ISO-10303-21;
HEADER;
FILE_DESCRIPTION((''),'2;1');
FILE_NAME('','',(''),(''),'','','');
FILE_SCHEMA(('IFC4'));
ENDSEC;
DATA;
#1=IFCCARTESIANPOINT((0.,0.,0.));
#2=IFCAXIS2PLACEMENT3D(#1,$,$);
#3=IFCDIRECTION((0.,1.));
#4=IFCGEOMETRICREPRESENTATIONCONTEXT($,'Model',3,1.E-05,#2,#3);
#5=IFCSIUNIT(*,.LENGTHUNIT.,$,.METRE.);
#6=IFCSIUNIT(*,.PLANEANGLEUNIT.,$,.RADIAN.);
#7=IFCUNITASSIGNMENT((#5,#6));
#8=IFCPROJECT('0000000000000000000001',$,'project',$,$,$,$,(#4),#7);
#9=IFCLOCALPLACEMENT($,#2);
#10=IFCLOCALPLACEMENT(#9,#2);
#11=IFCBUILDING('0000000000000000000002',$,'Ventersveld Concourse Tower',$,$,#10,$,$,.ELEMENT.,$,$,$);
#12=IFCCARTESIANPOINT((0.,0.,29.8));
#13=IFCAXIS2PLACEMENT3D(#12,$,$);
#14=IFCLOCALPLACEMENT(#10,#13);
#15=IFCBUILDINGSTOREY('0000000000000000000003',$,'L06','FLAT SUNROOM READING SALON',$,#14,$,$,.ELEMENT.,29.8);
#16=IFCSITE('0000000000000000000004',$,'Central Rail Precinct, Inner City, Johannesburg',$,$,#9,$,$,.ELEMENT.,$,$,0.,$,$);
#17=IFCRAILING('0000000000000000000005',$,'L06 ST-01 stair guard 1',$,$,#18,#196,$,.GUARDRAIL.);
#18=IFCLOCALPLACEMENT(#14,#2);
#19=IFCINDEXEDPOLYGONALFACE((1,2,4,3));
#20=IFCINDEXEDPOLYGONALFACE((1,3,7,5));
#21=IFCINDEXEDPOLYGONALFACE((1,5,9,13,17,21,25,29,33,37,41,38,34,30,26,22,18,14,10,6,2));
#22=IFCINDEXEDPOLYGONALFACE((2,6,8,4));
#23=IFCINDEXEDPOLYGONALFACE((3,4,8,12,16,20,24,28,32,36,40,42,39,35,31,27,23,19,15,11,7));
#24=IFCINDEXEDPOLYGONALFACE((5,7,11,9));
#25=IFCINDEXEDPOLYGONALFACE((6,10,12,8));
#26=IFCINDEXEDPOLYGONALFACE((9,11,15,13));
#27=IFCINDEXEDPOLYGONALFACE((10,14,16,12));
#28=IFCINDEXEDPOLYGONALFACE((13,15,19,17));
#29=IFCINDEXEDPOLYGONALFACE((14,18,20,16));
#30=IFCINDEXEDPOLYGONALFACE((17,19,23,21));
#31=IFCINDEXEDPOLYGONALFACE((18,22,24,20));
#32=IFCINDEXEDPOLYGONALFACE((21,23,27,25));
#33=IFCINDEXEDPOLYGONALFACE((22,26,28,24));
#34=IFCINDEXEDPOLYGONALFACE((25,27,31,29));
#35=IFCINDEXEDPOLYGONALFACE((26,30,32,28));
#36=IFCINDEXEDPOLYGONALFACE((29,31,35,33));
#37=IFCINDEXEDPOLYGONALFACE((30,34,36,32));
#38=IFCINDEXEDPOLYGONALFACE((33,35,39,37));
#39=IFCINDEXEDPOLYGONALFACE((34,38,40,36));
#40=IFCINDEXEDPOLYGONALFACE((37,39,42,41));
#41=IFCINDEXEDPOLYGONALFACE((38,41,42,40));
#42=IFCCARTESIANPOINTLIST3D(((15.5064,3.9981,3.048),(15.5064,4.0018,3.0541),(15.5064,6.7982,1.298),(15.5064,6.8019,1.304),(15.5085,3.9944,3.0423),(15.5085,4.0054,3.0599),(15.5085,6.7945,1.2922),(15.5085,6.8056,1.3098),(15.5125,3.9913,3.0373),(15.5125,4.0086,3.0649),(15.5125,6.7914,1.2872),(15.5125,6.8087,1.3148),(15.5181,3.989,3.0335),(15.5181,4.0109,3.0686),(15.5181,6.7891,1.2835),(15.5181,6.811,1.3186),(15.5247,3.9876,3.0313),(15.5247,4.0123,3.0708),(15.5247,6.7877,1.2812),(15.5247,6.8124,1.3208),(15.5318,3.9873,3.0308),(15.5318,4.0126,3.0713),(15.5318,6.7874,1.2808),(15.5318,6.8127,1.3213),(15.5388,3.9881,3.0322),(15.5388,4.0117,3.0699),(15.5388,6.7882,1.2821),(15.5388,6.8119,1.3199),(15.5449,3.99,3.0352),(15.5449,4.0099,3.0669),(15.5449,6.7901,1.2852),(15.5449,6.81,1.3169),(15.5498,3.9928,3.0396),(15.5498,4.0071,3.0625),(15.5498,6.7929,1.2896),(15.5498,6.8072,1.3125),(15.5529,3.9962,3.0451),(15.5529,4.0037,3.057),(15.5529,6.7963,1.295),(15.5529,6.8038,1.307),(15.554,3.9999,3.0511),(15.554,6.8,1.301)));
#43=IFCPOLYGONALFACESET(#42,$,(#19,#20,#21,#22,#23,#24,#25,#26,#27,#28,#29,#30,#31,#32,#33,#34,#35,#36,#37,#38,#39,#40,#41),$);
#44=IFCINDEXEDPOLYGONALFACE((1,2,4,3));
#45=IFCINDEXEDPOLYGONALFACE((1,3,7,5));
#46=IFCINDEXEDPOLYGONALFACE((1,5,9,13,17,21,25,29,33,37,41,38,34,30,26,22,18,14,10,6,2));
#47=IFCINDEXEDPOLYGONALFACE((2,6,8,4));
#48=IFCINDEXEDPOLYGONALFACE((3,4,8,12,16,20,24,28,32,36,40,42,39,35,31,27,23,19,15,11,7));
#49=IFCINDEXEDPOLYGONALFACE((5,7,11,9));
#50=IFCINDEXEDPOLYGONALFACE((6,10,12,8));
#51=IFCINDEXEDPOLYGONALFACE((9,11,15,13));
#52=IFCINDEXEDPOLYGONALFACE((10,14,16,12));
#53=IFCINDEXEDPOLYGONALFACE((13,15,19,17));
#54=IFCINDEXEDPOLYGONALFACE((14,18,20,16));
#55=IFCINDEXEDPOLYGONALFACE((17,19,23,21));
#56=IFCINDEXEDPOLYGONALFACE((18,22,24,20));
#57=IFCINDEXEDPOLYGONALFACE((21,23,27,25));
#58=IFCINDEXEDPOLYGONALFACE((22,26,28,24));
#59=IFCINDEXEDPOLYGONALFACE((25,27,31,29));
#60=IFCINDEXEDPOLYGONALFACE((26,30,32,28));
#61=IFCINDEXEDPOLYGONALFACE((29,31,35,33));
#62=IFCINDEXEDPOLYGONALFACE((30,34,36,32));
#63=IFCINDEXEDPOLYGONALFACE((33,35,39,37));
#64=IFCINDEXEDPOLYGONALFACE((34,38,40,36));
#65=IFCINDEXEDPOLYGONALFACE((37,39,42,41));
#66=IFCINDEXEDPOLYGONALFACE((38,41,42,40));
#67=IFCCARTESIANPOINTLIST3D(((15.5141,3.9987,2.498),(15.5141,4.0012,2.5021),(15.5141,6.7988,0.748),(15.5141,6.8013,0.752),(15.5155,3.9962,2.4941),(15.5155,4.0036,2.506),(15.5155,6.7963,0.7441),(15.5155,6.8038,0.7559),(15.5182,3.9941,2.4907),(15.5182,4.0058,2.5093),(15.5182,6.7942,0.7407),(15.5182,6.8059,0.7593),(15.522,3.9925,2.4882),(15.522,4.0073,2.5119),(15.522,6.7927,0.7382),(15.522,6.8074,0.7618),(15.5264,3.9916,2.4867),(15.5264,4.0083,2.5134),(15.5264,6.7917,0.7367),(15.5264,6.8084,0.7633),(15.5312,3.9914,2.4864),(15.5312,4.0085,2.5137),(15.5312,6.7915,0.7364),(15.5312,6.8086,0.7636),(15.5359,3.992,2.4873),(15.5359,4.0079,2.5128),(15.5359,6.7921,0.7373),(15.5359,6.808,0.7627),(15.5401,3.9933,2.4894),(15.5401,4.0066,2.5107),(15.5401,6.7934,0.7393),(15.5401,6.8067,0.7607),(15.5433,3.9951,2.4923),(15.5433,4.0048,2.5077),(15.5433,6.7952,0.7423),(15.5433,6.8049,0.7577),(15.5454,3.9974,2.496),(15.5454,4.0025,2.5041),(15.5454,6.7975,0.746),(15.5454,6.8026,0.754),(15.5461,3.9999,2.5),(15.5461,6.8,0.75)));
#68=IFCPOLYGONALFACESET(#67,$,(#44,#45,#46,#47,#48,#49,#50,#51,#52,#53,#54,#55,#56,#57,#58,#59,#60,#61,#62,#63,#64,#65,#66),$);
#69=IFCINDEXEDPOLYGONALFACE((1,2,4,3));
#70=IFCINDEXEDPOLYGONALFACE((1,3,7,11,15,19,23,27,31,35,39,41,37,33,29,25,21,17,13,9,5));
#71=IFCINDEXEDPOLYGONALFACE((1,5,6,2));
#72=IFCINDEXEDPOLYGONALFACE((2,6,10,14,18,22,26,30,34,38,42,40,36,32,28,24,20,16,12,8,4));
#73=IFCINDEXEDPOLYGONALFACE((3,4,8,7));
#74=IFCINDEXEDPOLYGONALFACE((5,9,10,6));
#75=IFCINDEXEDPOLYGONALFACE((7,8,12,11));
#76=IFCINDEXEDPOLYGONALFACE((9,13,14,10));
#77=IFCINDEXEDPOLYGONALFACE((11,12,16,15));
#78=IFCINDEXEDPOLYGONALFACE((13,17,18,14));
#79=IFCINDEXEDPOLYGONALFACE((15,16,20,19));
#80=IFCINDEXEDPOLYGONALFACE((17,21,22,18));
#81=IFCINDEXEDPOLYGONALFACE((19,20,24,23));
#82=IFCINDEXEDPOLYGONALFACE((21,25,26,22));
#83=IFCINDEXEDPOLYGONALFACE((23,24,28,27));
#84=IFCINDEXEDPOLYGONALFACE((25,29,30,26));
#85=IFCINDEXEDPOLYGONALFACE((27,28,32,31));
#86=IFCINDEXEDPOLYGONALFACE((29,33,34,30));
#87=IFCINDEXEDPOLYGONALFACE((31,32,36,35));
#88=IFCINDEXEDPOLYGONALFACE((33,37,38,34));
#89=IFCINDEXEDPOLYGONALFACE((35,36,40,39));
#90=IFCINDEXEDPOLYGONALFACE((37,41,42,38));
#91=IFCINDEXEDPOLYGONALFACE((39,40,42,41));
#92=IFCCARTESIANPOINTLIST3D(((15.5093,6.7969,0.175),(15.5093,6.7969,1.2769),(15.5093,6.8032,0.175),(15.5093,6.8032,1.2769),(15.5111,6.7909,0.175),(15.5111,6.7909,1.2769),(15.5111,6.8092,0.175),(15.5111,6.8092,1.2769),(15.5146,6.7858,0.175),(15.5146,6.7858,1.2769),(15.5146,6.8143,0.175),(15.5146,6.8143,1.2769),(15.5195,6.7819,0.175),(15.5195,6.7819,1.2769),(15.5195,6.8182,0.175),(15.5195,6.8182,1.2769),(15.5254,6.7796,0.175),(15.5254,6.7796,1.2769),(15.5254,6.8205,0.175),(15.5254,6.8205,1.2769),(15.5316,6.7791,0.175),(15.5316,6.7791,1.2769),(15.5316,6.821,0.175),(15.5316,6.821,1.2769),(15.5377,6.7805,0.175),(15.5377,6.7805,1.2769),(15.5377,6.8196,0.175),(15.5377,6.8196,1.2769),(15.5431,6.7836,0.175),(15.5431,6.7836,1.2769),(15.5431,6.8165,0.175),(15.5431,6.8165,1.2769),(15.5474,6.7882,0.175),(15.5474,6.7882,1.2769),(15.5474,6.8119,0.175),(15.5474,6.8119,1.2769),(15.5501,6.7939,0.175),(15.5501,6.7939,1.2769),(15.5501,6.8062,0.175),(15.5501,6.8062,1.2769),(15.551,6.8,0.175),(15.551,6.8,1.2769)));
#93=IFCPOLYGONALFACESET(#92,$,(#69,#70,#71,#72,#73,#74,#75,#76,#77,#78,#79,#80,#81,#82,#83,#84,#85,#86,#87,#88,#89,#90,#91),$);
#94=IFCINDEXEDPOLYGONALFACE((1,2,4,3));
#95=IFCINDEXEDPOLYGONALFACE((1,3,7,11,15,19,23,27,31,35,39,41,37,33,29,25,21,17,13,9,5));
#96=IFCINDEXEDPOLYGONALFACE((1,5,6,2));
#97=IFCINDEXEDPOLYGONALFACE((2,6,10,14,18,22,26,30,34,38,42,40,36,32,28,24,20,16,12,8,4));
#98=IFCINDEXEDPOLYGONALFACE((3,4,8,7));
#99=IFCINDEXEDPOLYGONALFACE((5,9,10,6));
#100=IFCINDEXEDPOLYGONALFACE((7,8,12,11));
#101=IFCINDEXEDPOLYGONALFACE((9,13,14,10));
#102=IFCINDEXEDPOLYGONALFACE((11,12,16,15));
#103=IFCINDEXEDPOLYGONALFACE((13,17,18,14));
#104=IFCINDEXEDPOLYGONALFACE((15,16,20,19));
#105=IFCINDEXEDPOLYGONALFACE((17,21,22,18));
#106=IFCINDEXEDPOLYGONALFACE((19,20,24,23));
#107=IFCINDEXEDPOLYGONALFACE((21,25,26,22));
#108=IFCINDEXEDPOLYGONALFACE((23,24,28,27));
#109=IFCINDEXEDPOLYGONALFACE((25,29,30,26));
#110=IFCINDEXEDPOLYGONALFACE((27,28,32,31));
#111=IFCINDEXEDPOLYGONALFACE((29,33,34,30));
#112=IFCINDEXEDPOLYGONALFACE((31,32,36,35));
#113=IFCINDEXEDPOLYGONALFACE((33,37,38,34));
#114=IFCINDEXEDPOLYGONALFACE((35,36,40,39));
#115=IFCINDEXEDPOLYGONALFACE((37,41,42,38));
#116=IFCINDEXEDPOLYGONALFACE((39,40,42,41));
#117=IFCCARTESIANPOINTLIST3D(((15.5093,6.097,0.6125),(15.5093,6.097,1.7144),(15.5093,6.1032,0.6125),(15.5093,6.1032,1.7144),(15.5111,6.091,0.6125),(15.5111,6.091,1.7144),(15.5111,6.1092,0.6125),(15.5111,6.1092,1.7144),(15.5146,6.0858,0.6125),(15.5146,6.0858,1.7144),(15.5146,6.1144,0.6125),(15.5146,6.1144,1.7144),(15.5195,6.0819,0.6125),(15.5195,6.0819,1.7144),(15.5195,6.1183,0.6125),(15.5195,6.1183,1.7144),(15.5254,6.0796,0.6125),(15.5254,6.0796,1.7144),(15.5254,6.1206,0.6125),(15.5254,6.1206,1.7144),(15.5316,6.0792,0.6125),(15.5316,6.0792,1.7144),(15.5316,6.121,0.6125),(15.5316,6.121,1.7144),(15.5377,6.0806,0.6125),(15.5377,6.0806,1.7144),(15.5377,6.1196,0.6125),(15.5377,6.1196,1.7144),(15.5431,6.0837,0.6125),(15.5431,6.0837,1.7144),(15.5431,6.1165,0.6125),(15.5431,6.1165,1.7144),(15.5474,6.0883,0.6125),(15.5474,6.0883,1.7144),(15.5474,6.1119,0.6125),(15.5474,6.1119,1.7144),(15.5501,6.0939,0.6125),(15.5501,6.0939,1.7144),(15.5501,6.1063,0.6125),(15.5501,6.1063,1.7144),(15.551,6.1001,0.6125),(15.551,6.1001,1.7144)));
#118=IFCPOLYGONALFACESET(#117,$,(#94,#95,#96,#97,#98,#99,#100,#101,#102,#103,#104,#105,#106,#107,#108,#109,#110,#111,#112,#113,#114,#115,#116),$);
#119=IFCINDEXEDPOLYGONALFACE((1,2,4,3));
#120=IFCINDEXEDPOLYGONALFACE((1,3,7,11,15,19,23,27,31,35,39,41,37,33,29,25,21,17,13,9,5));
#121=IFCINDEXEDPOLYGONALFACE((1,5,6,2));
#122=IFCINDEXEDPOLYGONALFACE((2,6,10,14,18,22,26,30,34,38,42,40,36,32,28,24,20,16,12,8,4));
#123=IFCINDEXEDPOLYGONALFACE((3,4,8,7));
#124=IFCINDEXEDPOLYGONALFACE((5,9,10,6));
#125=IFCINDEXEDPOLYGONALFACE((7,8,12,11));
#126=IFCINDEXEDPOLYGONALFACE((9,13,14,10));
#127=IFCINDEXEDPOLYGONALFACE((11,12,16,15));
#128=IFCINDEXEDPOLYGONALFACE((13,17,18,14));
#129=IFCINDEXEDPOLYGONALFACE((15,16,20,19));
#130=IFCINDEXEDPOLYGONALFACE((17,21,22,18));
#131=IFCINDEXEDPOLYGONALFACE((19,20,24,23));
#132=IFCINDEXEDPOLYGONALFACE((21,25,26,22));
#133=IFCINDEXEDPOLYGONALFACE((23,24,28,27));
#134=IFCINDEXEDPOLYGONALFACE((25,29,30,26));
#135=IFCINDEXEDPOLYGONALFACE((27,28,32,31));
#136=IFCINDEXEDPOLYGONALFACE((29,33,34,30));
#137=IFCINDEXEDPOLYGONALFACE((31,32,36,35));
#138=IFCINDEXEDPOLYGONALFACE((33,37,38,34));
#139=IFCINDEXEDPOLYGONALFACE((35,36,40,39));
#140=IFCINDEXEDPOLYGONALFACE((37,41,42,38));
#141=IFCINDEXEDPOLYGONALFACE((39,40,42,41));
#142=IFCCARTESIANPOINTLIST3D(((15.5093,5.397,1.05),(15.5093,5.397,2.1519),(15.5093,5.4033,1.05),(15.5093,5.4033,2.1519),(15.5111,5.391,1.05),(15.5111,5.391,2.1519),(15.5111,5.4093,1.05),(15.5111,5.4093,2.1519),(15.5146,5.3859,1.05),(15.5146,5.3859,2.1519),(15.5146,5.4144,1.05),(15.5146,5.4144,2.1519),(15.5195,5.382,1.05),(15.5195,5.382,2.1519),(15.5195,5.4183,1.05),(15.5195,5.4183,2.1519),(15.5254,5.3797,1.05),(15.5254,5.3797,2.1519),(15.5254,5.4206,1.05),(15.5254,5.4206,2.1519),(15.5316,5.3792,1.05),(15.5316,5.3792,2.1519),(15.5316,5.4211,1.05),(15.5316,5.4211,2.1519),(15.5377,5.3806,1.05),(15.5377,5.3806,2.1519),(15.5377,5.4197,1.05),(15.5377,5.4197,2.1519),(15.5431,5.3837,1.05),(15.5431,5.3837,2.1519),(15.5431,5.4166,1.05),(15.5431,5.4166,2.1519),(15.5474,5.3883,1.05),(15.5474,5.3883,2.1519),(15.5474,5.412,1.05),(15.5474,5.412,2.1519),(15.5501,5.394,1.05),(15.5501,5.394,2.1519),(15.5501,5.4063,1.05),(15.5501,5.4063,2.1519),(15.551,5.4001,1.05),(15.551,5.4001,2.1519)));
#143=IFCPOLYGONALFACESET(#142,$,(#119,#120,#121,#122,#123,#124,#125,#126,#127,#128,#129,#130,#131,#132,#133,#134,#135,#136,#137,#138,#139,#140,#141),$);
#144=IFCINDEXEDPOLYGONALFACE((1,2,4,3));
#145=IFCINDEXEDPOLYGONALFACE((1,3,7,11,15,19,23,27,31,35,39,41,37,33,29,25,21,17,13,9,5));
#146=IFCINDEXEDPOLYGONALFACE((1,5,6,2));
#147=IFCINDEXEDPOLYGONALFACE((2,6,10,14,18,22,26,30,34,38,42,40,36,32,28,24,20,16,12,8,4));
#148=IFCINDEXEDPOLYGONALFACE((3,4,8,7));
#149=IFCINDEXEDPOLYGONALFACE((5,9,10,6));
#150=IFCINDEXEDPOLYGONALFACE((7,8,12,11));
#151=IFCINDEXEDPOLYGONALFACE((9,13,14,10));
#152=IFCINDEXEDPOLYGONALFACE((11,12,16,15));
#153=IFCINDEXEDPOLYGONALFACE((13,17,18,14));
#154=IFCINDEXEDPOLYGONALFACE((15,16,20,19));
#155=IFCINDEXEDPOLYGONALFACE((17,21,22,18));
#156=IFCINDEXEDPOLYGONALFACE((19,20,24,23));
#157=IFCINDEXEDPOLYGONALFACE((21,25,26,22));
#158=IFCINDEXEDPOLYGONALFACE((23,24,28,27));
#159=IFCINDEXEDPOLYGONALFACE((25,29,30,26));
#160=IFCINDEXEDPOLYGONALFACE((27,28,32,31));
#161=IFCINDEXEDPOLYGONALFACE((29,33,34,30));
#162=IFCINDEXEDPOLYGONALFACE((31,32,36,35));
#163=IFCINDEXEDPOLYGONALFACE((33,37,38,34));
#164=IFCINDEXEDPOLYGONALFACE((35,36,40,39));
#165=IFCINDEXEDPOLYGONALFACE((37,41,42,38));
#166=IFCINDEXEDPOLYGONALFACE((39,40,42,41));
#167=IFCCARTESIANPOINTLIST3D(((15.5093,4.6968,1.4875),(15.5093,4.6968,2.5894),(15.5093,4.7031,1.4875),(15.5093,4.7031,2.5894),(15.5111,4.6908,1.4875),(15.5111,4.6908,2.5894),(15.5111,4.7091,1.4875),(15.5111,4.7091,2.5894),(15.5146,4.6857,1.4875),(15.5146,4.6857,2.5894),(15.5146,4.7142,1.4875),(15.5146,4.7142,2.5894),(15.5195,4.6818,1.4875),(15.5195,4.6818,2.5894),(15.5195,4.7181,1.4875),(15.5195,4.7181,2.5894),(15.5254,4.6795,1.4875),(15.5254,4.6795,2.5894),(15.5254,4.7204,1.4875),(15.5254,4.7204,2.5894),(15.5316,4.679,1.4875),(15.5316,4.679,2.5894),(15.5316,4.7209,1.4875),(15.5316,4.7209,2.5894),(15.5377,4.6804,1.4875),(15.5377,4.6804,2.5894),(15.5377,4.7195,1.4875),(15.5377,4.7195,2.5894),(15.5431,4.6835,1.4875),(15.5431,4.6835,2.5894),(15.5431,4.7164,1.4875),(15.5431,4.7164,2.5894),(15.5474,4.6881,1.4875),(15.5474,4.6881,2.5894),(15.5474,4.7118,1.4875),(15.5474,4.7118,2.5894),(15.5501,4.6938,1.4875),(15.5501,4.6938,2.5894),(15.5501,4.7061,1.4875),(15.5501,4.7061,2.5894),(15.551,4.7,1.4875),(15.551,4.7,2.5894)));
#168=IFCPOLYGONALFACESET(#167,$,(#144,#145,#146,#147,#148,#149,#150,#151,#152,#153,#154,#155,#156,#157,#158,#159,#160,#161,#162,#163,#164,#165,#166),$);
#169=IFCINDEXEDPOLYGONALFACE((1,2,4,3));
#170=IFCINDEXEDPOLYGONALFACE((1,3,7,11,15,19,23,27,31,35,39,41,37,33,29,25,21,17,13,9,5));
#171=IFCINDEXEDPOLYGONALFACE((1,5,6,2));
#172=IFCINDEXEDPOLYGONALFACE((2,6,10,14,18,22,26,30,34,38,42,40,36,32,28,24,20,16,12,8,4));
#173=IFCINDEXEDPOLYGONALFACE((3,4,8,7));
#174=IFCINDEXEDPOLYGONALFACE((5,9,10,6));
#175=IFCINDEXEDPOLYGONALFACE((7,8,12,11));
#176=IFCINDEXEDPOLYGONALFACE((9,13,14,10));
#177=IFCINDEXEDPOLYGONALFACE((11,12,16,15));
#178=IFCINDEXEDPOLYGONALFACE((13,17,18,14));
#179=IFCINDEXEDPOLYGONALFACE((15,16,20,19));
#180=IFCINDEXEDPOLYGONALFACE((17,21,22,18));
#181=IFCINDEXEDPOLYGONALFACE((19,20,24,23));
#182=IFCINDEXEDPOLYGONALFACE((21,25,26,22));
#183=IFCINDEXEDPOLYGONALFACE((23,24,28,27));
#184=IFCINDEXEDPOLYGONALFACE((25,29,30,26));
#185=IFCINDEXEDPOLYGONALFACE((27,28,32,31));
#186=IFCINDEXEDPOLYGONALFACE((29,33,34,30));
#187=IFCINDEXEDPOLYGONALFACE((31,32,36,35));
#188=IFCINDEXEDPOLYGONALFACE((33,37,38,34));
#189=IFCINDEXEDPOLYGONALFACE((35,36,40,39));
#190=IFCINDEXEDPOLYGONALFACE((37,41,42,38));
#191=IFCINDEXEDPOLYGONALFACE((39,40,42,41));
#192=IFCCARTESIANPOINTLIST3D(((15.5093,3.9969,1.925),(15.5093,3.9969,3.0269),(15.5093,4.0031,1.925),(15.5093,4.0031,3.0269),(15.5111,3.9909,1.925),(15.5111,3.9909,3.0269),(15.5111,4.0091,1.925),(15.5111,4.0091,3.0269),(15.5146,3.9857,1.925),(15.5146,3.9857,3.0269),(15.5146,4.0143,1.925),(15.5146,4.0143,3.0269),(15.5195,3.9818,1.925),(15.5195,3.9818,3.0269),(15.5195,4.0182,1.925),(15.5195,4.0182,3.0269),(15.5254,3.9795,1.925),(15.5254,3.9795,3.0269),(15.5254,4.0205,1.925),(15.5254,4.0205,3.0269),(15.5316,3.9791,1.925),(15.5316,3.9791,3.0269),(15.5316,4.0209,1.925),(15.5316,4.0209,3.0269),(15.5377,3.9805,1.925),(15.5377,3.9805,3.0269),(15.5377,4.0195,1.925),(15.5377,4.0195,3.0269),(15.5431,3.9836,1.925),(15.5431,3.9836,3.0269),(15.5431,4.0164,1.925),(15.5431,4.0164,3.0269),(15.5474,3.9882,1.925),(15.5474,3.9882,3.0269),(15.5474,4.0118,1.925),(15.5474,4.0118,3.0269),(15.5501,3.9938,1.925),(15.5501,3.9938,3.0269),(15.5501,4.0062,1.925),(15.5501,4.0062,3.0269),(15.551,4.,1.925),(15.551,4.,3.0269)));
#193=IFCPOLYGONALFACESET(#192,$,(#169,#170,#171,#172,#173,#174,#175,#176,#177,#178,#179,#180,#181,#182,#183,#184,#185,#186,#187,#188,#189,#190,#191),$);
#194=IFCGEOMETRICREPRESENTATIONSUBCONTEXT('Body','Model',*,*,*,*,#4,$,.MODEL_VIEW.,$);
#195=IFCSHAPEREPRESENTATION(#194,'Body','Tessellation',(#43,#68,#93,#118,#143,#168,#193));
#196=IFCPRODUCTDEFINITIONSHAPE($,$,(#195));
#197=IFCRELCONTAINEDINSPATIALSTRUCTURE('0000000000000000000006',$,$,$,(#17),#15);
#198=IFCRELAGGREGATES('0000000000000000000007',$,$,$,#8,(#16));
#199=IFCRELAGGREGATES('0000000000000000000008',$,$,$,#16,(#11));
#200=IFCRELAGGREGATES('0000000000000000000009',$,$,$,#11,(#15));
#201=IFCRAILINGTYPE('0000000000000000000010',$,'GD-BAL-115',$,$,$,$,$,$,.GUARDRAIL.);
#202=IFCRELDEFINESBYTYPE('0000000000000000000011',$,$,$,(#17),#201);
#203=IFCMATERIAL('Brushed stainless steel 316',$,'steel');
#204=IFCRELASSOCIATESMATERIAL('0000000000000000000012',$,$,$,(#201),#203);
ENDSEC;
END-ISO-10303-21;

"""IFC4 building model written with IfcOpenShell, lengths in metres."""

from ifc_helpers import new_model, si_unit, direction, frame, origin, origin_2d, place, context, subcontext, project, spatial, circle, extrude, material, type_object, element, save


model = new_model("IFC4")

# Units and contexts
model_context = context("Model", 3, precision=1e-05, world=origin(), true_north=direction((0.0, 1.0)))
body_context = subcontext(model_context, "Body", "Model", "MODEL_VIEW")
ifc_project = project(units=[si_unit("LENGTHUNIT", "METRE"), si_unit("PLANEANGLEUNIT", "RADIAN")], contexts=[model_context])

# Site, building, storey
site_placement = place(None, origin())
site = spatial("IfcSite", under=ifc_project, at=site_placement, Name="Central Rail Precinct, Inner City, Johannesburg", CompositionType="ELEMENT", RefElevation=0.0)
building_placement = place(site_placement, origin())
building = spatial("IfcBuilding", under=site, at=building_placement, Name="Ventersveld Concourse Tower", CompositionType="ELEMENT")
storey_placement = place(building_placement, frame((0.0, 0.0, 29.8)))
storey = spatial("IfcBuildingStorey", under=building, at=storey_placement, Name="L06", Description="FLAT SUNROOM READING SALON", CompositionType="ELEMENT", Elevation=29.8)

# Shared definitions
ifc_material_1 = material(Name="Brushed stainless steel 316", Category="steel")

# Railing
railing_type_1 = type_object("IfcRailingType", Name="GD-BAL-115", PredefinedType="GUARDRAIL", material=ifc_material_1)
railing_1_placement = place(storey_placement, frame((15.53, 6.8, 0.175)))
element("IfcRailing", 1, at=railing_1_placement, inside=storey, type_object=railing_type_1, Name="L06 ST-01 stair guard 1", PredefinedType="GUARDRAIL", context=body_context, shape_type="SweptSolid", body=[
    extrude(circle(Radius=0.0239, at=origin_2d()), frame((0.0, 0.0, 1.126), z_axis=(0.0, -0.848002, 0.529992), x_axis=(1.0, 0.0, 0.0)), (0.0, 0.0, 1.0), 3.302),
    extrude(circle(Radius=0.0161, at=origin_2d()), frame((0.0, 0.0, 0.575), z_axis=(0.0, -0.848002, 0.529992), x_axis=(1.0, 0.0, 0.0)), (0.0, 0.0, 1.0), 3.302),
    extrude(circle(Radius=0.021, at=origin_2d()), origin(), (0.0, 0.0, 1.0), 1.1018),
    extrude(circle(Radius=0.021, at=origin_2d()), frame((0.0, -0.7, 0.4375)), (0.0, 0.0, 1.0), 1.1018),
    extrude(circle(Radius=0.021, at=origin_2d()), frame((0.0, -1.3999, 0.875)), (0.0, 0.0, 1.0), 1.1018),
    extrude(circle(Radius=0.021, at=origin_2d()), frame((0.0, -2.1001, 1.3125)), (0.0, 0.0, 1.0), 1.1018),
    extrude(circle(Radius=0.021, at=origin_2d()), frame((0.0, -2.8, 1.75)), (0.0, 0.0, 1.0), 1.1018),
])

save(model, "model.ifc")
